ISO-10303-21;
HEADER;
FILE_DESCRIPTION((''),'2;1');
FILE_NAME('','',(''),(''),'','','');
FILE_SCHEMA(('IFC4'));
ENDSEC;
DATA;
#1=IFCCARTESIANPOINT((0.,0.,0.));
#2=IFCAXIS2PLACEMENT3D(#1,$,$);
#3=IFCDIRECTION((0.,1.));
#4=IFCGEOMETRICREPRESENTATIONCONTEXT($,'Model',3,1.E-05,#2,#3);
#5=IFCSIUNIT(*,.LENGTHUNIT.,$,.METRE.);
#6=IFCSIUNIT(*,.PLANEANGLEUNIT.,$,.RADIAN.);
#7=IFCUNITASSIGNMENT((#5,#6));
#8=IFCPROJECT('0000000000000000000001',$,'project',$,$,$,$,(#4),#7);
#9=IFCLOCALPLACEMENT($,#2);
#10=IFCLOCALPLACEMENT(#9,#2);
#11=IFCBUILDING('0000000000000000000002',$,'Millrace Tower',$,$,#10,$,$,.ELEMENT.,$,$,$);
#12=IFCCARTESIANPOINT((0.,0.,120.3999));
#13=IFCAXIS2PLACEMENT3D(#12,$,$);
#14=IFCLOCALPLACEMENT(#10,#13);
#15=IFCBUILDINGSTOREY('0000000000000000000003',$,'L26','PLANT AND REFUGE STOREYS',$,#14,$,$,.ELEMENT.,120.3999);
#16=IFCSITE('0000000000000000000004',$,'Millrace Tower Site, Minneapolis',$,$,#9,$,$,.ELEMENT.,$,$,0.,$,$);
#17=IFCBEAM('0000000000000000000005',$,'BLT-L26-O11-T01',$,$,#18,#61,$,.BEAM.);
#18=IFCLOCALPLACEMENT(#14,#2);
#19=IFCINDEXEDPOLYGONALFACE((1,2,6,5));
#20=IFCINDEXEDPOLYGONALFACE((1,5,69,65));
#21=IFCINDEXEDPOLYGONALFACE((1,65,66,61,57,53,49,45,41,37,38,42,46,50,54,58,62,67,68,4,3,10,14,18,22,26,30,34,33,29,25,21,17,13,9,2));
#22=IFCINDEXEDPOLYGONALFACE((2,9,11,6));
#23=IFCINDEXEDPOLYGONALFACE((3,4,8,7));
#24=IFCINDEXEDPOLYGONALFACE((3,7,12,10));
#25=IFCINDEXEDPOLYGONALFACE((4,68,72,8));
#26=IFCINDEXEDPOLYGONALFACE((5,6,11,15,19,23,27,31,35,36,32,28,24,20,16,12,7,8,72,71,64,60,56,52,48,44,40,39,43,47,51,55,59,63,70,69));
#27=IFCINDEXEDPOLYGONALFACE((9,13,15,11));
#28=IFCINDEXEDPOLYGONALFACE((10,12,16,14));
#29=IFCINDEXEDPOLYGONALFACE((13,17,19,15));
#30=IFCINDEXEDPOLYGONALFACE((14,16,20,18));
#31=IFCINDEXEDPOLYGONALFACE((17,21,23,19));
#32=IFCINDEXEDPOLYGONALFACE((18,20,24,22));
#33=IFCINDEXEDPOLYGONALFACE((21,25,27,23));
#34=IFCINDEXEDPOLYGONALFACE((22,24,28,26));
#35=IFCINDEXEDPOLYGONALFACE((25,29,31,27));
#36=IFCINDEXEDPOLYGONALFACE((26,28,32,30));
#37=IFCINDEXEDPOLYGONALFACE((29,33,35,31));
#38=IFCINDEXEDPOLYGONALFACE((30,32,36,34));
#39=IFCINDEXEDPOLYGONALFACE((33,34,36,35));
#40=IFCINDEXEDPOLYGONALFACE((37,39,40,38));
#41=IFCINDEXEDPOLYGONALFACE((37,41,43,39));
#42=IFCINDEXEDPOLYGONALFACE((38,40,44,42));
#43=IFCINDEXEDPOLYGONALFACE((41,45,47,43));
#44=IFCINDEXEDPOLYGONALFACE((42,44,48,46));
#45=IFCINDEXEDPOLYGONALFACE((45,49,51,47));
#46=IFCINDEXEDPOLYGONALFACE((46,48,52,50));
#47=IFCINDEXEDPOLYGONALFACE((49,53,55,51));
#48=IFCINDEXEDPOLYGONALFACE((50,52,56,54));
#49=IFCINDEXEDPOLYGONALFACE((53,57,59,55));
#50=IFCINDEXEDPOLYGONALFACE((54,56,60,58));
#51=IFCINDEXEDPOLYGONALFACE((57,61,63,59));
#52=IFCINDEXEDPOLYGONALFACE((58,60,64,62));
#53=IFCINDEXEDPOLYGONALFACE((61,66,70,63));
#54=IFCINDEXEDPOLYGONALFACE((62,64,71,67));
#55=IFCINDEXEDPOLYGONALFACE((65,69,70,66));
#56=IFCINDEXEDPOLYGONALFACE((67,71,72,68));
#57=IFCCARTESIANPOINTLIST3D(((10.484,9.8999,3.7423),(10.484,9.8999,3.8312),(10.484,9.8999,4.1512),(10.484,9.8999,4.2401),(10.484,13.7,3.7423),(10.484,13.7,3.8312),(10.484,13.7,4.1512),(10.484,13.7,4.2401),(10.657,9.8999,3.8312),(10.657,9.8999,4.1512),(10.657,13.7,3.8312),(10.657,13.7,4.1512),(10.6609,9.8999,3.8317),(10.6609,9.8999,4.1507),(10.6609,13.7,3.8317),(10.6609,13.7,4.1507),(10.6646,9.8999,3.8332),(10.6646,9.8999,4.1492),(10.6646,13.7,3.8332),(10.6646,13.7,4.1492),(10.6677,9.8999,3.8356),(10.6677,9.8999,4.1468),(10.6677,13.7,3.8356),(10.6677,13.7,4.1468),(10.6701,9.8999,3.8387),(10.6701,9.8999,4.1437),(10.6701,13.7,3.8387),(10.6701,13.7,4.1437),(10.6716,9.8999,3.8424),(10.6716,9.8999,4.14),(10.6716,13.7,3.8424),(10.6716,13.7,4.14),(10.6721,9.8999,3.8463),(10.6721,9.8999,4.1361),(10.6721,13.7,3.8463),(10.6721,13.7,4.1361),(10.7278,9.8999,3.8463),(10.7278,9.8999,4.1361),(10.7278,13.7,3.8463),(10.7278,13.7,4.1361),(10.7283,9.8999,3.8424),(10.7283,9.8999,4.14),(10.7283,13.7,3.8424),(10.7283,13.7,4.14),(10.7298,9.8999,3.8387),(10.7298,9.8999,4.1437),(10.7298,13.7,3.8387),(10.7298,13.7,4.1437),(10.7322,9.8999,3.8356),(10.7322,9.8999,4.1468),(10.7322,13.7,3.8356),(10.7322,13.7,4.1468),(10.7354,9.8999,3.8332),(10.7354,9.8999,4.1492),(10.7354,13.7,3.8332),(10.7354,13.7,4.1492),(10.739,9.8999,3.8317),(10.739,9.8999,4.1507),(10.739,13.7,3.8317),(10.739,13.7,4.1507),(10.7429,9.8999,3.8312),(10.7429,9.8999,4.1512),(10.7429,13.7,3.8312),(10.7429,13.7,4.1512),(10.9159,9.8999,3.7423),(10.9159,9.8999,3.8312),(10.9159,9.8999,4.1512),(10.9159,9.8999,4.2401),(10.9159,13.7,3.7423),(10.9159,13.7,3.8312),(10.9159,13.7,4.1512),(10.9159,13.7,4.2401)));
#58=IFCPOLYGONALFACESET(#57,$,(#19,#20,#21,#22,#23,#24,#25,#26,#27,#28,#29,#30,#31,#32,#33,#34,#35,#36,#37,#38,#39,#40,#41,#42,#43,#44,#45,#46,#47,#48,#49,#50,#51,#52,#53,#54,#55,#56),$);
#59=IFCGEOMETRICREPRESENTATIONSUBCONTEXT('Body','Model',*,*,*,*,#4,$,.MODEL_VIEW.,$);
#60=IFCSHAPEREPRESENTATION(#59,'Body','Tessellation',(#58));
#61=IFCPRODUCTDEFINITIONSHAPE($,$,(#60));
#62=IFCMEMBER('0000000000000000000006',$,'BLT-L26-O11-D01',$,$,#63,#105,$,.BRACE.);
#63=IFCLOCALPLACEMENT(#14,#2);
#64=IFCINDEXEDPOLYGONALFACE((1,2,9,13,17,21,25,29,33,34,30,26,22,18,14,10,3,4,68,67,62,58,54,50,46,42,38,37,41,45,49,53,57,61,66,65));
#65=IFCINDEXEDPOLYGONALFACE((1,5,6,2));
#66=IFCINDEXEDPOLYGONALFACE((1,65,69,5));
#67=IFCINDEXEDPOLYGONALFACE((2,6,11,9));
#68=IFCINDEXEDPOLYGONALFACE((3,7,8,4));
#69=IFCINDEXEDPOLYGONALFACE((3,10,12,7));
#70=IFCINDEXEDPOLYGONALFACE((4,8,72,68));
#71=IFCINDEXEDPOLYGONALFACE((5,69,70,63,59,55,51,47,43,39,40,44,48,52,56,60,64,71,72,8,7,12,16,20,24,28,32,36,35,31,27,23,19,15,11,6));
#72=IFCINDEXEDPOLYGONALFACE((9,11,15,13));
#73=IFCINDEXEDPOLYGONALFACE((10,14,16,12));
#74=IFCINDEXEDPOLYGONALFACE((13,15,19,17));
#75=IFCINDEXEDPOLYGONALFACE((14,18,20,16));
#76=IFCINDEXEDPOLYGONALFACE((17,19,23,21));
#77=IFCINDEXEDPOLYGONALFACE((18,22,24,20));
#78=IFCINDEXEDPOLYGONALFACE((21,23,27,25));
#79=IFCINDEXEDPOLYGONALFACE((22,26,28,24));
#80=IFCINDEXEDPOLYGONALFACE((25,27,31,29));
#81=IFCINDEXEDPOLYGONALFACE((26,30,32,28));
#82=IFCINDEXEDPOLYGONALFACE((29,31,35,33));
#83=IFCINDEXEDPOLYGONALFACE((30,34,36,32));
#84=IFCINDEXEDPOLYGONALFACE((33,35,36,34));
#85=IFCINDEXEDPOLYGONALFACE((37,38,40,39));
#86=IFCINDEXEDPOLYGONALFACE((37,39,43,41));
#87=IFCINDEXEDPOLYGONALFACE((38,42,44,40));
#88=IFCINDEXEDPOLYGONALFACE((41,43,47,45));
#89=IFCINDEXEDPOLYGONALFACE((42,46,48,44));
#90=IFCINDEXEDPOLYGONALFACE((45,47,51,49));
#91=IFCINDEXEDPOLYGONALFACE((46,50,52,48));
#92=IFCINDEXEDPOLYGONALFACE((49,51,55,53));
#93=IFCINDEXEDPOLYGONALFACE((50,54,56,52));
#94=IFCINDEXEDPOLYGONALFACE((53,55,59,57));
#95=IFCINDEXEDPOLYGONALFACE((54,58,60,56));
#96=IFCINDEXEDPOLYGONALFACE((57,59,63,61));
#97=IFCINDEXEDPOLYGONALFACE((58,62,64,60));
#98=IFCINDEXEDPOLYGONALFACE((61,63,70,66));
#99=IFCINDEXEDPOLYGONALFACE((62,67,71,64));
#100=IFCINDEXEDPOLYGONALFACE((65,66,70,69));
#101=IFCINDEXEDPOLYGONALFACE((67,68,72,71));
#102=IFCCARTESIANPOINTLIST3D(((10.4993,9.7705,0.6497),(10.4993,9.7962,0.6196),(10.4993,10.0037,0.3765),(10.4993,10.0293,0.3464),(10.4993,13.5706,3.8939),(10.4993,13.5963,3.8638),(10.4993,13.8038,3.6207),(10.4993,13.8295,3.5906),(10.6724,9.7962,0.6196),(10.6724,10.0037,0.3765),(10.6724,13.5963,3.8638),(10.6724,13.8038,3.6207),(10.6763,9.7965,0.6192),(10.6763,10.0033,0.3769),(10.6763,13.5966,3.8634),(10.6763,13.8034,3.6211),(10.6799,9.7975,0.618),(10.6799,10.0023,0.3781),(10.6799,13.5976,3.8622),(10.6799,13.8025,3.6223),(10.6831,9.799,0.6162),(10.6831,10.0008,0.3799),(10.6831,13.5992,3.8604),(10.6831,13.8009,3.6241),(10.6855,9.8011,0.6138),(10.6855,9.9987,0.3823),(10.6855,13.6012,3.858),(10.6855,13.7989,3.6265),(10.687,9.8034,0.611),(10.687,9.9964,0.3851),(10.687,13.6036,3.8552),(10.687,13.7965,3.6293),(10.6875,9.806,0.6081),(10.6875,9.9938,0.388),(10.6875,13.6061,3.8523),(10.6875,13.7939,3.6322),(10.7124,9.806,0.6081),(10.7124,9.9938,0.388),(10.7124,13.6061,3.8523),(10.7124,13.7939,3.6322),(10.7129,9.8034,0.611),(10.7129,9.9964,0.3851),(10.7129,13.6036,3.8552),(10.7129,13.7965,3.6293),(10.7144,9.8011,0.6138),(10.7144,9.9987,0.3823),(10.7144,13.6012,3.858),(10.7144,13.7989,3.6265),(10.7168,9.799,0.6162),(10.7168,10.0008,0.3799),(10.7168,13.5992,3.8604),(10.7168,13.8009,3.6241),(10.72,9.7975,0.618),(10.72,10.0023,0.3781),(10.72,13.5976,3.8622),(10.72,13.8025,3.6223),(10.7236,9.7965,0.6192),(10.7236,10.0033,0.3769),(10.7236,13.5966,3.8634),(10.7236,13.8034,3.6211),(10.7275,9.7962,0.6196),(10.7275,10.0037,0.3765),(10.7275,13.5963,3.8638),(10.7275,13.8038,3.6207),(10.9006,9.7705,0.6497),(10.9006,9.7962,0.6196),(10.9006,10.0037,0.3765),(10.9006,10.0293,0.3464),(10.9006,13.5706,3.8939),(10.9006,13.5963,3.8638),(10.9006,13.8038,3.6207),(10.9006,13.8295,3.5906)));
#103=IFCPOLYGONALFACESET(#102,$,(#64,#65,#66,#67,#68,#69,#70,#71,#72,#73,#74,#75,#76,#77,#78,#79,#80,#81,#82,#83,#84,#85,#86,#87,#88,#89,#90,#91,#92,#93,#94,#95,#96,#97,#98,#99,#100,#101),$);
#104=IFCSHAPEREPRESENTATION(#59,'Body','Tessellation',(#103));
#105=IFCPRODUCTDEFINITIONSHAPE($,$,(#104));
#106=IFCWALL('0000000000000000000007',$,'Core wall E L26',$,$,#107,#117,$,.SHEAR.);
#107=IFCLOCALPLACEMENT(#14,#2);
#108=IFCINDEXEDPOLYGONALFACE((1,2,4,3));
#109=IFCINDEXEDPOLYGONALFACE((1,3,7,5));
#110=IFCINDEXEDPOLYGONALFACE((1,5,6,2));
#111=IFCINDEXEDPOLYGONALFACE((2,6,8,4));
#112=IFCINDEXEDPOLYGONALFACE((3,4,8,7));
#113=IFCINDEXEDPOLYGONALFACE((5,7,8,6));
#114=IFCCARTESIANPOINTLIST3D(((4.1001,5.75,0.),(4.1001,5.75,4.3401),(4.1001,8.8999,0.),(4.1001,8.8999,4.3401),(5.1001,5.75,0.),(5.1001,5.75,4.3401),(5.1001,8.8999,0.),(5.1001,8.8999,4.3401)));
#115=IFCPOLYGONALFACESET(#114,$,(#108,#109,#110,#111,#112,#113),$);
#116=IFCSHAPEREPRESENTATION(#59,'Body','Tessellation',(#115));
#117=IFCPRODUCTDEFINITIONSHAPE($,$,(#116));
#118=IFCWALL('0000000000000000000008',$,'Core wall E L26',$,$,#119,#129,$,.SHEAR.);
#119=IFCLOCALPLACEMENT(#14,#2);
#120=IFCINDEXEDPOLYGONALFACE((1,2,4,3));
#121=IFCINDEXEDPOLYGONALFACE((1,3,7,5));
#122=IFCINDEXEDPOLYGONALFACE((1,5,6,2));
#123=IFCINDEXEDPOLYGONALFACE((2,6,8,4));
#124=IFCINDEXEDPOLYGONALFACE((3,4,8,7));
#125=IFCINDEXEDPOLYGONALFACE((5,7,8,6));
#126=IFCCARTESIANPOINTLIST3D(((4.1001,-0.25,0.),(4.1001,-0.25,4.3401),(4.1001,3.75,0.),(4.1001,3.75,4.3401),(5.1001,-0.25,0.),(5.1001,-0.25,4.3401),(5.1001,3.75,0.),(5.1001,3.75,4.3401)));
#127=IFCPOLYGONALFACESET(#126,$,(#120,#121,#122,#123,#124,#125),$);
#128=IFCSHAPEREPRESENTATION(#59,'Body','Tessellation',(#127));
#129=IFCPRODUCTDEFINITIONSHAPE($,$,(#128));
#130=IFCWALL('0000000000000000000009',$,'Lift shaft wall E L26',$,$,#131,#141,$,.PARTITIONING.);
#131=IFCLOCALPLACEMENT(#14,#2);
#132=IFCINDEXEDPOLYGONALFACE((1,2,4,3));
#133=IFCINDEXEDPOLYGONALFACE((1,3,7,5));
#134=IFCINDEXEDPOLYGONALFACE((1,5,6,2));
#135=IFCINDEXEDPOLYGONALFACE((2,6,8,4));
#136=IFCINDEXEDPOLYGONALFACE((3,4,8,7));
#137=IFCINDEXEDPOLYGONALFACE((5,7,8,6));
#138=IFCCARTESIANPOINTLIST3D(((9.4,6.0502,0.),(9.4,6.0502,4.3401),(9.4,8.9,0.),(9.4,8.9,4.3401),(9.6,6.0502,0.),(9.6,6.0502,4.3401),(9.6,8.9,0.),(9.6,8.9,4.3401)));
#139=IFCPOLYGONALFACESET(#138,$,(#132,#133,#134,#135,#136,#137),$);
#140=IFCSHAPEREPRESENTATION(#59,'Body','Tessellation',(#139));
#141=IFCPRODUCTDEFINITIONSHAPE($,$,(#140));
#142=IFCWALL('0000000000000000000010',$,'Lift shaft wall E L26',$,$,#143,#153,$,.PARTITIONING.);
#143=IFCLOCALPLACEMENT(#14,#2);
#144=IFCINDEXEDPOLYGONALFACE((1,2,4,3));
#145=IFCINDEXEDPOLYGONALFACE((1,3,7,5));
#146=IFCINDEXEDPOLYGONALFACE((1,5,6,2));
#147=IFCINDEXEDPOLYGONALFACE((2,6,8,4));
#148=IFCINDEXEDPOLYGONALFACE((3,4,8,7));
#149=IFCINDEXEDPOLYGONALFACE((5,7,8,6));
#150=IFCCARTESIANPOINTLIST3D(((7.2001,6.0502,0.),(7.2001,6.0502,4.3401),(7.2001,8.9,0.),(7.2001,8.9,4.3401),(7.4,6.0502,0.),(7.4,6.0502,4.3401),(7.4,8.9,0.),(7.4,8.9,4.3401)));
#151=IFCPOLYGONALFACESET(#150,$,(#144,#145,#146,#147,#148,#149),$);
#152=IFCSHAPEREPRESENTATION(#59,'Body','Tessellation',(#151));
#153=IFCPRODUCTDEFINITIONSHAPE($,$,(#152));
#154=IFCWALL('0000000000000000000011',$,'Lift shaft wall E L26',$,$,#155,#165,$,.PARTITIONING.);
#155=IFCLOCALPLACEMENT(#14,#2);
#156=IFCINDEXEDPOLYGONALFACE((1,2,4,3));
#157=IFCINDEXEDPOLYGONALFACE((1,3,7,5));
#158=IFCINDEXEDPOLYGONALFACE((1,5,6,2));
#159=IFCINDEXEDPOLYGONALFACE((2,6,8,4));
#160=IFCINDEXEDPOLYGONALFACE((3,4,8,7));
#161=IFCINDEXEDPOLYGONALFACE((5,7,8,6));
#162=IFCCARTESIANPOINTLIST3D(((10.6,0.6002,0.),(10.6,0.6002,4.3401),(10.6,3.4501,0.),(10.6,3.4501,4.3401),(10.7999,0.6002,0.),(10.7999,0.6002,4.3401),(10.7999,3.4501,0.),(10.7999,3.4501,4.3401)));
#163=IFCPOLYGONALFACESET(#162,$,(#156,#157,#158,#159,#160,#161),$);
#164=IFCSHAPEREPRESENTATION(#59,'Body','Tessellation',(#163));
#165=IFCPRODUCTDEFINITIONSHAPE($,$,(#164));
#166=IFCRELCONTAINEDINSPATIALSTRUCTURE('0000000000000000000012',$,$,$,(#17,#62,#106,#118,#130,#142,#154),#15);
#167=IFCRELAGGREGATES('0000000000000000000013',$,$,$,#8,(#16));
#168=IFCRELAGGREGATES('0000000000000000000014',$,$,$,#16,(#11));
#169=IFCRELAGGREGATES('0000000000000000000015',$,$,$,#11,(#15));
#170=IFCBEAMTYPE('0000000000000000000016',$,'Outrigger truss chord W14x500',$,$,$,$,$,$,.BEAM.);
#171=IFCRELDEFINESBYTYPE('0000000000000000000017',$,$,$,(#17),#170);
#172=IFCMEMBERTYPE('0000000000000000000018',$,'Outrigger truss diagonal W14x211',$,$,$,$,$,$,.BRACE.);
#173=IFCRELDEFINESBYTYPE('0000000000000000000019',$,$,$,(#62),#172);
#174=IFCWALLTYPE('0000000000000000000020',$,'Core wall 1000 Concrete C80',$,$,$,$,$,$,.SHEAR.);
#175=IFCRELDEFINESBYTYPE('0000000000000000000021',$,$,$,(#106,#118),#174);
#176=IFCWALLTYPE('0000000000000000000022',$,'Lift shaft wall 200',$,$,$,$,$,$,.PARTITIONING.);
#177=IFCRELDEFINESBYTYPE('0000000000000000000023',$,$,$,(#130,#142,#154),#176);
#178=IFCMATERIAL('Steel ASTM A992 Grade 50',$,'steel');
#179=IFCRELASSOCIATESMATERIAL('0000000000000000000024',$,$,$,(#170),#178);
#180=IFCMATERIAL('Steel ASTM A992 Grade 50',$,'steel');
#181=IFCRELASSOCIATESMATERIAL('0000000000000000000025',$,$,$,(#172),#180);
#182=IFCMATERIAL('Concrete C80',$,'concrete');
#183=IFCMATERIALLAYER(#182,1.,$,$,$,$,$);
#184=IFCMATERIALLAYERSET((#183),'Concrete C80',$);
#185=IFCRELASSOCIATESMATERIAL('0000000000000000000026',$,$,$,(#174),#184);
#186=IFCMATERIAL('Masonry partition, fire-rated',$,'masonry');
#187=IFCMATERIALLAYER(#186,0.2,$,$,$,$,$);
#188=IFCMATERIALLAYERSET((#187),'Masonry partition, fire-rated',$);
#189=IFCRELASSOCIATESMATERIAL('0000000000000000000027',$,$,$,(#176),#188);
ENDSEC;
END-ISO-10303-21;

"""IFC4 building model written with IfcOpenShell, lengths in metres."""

from ifc_helpers import new_model, si_unit, direction, frame, frame_2d, origin, origin_2d, place, context, subcontext, project, spatial, rectangle, i_section, extrude, material, layer, layer_set, material_profile, profile_set, type_object, element, save


model = new_model("IFC4")

# Units and contexts
model_context = context("Model", 3, precision=1e-05, world=origin(), true_north=direction((0.0, 1.0)))
body_context = subcontext(model_context, "Body", "Model", "MODEL_VIEW")
ifc_project = project(units=[si_unit("LENGTHUNIT", "METRE"), si_unit("PLANEANGLEUNIT", "RADIAN")], contexts=[model_context])

# Site, building, storey
site_placement = place(None, origin())
site = spatial("IfcSite", under=ifc_project, at=site_placement, Name="Millrace Tower Site, Minneapolis", CompositionType="ELEMENT", RefElevation=0.0)
building_placement = place(site_placement, origin())
building = spatial("IfcBuilding", under=site, at=building_placement, Name="Millrace Tower", CompositionType="ELEMENT")
storey_placement = place(building_placement, frame((0.0, 0.0, 120.3999)))
storey = spatial("IfcBuildingStorey", under=building, at=storey_placement, Name="L26", Description="PLANT AND REFUGE STOREYS", CompositionType="ELEMENT", Elevation=120.3999)

# Beam
ifc_material_1 = material(Name="Steel ASTM A992 Grade 50", Category="steel")
ifc_material_profile_1 = material_profile(ifc_material_1, i_section(OverallWidth=0.4319, OverallDepth=0.4978, WebThickness=0.0557, FlangeThickness=0.0889, FilletRadius=0.0151, at=origin_2d()))
ifc_profile_set_1 = profile_set([ifc_material_profile_1], Name="Steel ASTM A992 Grade 50")
beam_type_1 = type_object("IfcBeamType", Name="Outrigger truss chord W14x500", PredefinedType="BEAM", material=ifc_profile_set_1)
for number, where, z_axis, x_axis, name in (
    (1, (10.7, 9.8999, 3.9912), (0.0, 1.0, 0.0), (-1.0, 0.0, 0.0), "BLT-L26-O11-T01"),
):
    element("IfcBeam", number, at=place(storey_placement, frame(where, z_axis=z_axis, x_axis=x_axis)), inside=storey, type_object=beam_type_1, Name=name, PredefinedType="BEAM", context=body_context, shape_type="SweptSolid", body=[
        extrude(i_section(OverallWidth=0.4319, OverallDepth=0.4978, WebThickness=0.0557, FlangeThickness=0.0889, FilletRadius=0.0151, at=origin_2d()), origin(), (0.0, 0.0, 1.0), 3.8),
    ])

# Member
ifc_material_2 = material(Name="Steel ASTM A992 Grade 50", Category="steel")
ifc_material_profile_2 = material_profile(ifc_material_2, i_section(OverallWidth=0.4014, OverallDepth=0.3987, WebThickness=0.0249, FlangeThickness=0.0396, FilletRadius=0.0151, at=origin_2d()))
ifc_profile_set_2 = profile_set([ifc_material_profile_2], Name="Steel ASTM A992 Grade 50")
member_type = type_object("IfcMemberType", Name="Outrigger truss diagonal W14x211", PredefinedType="BRACE", material=ifc_profile_set_2)
member_placement = place(storey_placement, frame((10.7, 9.8999, 0.498), z_axis=(0.0, 0.760545, 0.649285), x_axis=(-1.0, 0.0, 0.0)))
element("IfcMember", 2, at=member_placement, inside=storey, type_object=member_type, Name="BLT-L26-O11-D01", PredefinedType="BRACE", context=body_context, shape_type="SweptSolid", body=[
    extrude(i_section(OverallWidth=0.4014, OverallDepth=0.3987, WebThickness=0.0249, FlangeThickness=0.0396, FilletRadius=0.0151, at=origin_2d()), origin(), (0.0, 0.0, 1.0), 4.9966),
])

# Walls
ifc_material_3 = material(Name="Concrete C80", Category="concrete")
ifc_layer_1 = layer(ifc_material_3, 1.0)
ifc_layer_set_1 = layer_set([ifc_layer_1], Name="Concrete C80")
wall_type_1 = type_object("IfcWallType", Name="Core wall 1000 Concrete C80", PredefinedType="SHEAR", material=ifc_layer_set_1)
wall_1_placement = place(storey_placement, frame((4.6001, 8.8999, 0.0), z_axis=(0.0, 0.0, 1.0), x_axis=(0.0, -1.0, 0.0)))
element("IfcWall", 3, at=wall_1_placement, inside=storey, type_object=wall_type_1, Name="Core wall E L26", PredefinedType="SHEAR", context=body_context, shape_type="SweptSolid", body=[
    extrude(rectangle(XDim=3.1499, YDim=1.0, at=frame_2d((1.575, 0.0))), origin(), (0.0, 0.0, 1.0), 4.3401),
])
wall_2_placement = place(storey_placement, frame((4.6001, 3.75, 0.0), z_axis=(0.0, 0.0, 1.0), x_axis=(0.0, -1.0, 0.0)))
element("IfcWall", 4, at=wall_2_placement, inside=storey, type_object=wall_type_1, Name="Core wall E L26", PredefinedType="SHEAR", context=body_context, shape_type="SweptSolid", body=[
    extrude(rectangle(XDim=4.0, YDim=1.0, at=frame_2d((2.0, 0.0))), origin(), (0.0, 0.0, 1.0), 4.3401),
])
ifc_material_4 = material(Name="Masonry partition, fire-rated", Category="masonry")
ifc_layer_2 = layer(ifc_material_4, 0.2)
ifc_layer_set_2 = layer_set([ifc_layer_2], Name="Masonry partition, fire-rated")
wall_type_2 = type_object("IfcWallType", Name="Lift shaft wall 200", PredefinedType="PARTITIONING", material=ifc_layer_set_2)
for number, where, z_axis, x_axis, name in (
    (5, (9.5, 8.8999, 0.0), (0.0, 0.0, 1.0), (0.0, -1.0, 0.0), "Lift shaft wall E L26"),
    (6, (7.3, 8.8999, 0.0), (0.0, 0.0, 1.0), (0.0, -1.0, 0.0), "Lift shaft wall E L26"),
    (7, (10.7, 3.45, 0.0), (0.0, 0.0, 1.0), (0.0, -1.0, 0.0), "Lift shaft wall E L26"),
):
    element("IfcWall", number, at=place(storey_placement, frame(where, z_axis=z_axis, x_axis=x_axis)), inside=storey, type_object=wall_type_2, Name=name, PredefinedType="PARTITIONING", context=body_context, shape_type="SweptSolid", body=[
        extrude(rectangle(XDim=2.8499, YDim=0.2, at=frame_2d((1.4248, 0.0))), origin(), (0.0, 0.0, 1.0), 4.3401),
    ])

save(model, "model.ifc")
